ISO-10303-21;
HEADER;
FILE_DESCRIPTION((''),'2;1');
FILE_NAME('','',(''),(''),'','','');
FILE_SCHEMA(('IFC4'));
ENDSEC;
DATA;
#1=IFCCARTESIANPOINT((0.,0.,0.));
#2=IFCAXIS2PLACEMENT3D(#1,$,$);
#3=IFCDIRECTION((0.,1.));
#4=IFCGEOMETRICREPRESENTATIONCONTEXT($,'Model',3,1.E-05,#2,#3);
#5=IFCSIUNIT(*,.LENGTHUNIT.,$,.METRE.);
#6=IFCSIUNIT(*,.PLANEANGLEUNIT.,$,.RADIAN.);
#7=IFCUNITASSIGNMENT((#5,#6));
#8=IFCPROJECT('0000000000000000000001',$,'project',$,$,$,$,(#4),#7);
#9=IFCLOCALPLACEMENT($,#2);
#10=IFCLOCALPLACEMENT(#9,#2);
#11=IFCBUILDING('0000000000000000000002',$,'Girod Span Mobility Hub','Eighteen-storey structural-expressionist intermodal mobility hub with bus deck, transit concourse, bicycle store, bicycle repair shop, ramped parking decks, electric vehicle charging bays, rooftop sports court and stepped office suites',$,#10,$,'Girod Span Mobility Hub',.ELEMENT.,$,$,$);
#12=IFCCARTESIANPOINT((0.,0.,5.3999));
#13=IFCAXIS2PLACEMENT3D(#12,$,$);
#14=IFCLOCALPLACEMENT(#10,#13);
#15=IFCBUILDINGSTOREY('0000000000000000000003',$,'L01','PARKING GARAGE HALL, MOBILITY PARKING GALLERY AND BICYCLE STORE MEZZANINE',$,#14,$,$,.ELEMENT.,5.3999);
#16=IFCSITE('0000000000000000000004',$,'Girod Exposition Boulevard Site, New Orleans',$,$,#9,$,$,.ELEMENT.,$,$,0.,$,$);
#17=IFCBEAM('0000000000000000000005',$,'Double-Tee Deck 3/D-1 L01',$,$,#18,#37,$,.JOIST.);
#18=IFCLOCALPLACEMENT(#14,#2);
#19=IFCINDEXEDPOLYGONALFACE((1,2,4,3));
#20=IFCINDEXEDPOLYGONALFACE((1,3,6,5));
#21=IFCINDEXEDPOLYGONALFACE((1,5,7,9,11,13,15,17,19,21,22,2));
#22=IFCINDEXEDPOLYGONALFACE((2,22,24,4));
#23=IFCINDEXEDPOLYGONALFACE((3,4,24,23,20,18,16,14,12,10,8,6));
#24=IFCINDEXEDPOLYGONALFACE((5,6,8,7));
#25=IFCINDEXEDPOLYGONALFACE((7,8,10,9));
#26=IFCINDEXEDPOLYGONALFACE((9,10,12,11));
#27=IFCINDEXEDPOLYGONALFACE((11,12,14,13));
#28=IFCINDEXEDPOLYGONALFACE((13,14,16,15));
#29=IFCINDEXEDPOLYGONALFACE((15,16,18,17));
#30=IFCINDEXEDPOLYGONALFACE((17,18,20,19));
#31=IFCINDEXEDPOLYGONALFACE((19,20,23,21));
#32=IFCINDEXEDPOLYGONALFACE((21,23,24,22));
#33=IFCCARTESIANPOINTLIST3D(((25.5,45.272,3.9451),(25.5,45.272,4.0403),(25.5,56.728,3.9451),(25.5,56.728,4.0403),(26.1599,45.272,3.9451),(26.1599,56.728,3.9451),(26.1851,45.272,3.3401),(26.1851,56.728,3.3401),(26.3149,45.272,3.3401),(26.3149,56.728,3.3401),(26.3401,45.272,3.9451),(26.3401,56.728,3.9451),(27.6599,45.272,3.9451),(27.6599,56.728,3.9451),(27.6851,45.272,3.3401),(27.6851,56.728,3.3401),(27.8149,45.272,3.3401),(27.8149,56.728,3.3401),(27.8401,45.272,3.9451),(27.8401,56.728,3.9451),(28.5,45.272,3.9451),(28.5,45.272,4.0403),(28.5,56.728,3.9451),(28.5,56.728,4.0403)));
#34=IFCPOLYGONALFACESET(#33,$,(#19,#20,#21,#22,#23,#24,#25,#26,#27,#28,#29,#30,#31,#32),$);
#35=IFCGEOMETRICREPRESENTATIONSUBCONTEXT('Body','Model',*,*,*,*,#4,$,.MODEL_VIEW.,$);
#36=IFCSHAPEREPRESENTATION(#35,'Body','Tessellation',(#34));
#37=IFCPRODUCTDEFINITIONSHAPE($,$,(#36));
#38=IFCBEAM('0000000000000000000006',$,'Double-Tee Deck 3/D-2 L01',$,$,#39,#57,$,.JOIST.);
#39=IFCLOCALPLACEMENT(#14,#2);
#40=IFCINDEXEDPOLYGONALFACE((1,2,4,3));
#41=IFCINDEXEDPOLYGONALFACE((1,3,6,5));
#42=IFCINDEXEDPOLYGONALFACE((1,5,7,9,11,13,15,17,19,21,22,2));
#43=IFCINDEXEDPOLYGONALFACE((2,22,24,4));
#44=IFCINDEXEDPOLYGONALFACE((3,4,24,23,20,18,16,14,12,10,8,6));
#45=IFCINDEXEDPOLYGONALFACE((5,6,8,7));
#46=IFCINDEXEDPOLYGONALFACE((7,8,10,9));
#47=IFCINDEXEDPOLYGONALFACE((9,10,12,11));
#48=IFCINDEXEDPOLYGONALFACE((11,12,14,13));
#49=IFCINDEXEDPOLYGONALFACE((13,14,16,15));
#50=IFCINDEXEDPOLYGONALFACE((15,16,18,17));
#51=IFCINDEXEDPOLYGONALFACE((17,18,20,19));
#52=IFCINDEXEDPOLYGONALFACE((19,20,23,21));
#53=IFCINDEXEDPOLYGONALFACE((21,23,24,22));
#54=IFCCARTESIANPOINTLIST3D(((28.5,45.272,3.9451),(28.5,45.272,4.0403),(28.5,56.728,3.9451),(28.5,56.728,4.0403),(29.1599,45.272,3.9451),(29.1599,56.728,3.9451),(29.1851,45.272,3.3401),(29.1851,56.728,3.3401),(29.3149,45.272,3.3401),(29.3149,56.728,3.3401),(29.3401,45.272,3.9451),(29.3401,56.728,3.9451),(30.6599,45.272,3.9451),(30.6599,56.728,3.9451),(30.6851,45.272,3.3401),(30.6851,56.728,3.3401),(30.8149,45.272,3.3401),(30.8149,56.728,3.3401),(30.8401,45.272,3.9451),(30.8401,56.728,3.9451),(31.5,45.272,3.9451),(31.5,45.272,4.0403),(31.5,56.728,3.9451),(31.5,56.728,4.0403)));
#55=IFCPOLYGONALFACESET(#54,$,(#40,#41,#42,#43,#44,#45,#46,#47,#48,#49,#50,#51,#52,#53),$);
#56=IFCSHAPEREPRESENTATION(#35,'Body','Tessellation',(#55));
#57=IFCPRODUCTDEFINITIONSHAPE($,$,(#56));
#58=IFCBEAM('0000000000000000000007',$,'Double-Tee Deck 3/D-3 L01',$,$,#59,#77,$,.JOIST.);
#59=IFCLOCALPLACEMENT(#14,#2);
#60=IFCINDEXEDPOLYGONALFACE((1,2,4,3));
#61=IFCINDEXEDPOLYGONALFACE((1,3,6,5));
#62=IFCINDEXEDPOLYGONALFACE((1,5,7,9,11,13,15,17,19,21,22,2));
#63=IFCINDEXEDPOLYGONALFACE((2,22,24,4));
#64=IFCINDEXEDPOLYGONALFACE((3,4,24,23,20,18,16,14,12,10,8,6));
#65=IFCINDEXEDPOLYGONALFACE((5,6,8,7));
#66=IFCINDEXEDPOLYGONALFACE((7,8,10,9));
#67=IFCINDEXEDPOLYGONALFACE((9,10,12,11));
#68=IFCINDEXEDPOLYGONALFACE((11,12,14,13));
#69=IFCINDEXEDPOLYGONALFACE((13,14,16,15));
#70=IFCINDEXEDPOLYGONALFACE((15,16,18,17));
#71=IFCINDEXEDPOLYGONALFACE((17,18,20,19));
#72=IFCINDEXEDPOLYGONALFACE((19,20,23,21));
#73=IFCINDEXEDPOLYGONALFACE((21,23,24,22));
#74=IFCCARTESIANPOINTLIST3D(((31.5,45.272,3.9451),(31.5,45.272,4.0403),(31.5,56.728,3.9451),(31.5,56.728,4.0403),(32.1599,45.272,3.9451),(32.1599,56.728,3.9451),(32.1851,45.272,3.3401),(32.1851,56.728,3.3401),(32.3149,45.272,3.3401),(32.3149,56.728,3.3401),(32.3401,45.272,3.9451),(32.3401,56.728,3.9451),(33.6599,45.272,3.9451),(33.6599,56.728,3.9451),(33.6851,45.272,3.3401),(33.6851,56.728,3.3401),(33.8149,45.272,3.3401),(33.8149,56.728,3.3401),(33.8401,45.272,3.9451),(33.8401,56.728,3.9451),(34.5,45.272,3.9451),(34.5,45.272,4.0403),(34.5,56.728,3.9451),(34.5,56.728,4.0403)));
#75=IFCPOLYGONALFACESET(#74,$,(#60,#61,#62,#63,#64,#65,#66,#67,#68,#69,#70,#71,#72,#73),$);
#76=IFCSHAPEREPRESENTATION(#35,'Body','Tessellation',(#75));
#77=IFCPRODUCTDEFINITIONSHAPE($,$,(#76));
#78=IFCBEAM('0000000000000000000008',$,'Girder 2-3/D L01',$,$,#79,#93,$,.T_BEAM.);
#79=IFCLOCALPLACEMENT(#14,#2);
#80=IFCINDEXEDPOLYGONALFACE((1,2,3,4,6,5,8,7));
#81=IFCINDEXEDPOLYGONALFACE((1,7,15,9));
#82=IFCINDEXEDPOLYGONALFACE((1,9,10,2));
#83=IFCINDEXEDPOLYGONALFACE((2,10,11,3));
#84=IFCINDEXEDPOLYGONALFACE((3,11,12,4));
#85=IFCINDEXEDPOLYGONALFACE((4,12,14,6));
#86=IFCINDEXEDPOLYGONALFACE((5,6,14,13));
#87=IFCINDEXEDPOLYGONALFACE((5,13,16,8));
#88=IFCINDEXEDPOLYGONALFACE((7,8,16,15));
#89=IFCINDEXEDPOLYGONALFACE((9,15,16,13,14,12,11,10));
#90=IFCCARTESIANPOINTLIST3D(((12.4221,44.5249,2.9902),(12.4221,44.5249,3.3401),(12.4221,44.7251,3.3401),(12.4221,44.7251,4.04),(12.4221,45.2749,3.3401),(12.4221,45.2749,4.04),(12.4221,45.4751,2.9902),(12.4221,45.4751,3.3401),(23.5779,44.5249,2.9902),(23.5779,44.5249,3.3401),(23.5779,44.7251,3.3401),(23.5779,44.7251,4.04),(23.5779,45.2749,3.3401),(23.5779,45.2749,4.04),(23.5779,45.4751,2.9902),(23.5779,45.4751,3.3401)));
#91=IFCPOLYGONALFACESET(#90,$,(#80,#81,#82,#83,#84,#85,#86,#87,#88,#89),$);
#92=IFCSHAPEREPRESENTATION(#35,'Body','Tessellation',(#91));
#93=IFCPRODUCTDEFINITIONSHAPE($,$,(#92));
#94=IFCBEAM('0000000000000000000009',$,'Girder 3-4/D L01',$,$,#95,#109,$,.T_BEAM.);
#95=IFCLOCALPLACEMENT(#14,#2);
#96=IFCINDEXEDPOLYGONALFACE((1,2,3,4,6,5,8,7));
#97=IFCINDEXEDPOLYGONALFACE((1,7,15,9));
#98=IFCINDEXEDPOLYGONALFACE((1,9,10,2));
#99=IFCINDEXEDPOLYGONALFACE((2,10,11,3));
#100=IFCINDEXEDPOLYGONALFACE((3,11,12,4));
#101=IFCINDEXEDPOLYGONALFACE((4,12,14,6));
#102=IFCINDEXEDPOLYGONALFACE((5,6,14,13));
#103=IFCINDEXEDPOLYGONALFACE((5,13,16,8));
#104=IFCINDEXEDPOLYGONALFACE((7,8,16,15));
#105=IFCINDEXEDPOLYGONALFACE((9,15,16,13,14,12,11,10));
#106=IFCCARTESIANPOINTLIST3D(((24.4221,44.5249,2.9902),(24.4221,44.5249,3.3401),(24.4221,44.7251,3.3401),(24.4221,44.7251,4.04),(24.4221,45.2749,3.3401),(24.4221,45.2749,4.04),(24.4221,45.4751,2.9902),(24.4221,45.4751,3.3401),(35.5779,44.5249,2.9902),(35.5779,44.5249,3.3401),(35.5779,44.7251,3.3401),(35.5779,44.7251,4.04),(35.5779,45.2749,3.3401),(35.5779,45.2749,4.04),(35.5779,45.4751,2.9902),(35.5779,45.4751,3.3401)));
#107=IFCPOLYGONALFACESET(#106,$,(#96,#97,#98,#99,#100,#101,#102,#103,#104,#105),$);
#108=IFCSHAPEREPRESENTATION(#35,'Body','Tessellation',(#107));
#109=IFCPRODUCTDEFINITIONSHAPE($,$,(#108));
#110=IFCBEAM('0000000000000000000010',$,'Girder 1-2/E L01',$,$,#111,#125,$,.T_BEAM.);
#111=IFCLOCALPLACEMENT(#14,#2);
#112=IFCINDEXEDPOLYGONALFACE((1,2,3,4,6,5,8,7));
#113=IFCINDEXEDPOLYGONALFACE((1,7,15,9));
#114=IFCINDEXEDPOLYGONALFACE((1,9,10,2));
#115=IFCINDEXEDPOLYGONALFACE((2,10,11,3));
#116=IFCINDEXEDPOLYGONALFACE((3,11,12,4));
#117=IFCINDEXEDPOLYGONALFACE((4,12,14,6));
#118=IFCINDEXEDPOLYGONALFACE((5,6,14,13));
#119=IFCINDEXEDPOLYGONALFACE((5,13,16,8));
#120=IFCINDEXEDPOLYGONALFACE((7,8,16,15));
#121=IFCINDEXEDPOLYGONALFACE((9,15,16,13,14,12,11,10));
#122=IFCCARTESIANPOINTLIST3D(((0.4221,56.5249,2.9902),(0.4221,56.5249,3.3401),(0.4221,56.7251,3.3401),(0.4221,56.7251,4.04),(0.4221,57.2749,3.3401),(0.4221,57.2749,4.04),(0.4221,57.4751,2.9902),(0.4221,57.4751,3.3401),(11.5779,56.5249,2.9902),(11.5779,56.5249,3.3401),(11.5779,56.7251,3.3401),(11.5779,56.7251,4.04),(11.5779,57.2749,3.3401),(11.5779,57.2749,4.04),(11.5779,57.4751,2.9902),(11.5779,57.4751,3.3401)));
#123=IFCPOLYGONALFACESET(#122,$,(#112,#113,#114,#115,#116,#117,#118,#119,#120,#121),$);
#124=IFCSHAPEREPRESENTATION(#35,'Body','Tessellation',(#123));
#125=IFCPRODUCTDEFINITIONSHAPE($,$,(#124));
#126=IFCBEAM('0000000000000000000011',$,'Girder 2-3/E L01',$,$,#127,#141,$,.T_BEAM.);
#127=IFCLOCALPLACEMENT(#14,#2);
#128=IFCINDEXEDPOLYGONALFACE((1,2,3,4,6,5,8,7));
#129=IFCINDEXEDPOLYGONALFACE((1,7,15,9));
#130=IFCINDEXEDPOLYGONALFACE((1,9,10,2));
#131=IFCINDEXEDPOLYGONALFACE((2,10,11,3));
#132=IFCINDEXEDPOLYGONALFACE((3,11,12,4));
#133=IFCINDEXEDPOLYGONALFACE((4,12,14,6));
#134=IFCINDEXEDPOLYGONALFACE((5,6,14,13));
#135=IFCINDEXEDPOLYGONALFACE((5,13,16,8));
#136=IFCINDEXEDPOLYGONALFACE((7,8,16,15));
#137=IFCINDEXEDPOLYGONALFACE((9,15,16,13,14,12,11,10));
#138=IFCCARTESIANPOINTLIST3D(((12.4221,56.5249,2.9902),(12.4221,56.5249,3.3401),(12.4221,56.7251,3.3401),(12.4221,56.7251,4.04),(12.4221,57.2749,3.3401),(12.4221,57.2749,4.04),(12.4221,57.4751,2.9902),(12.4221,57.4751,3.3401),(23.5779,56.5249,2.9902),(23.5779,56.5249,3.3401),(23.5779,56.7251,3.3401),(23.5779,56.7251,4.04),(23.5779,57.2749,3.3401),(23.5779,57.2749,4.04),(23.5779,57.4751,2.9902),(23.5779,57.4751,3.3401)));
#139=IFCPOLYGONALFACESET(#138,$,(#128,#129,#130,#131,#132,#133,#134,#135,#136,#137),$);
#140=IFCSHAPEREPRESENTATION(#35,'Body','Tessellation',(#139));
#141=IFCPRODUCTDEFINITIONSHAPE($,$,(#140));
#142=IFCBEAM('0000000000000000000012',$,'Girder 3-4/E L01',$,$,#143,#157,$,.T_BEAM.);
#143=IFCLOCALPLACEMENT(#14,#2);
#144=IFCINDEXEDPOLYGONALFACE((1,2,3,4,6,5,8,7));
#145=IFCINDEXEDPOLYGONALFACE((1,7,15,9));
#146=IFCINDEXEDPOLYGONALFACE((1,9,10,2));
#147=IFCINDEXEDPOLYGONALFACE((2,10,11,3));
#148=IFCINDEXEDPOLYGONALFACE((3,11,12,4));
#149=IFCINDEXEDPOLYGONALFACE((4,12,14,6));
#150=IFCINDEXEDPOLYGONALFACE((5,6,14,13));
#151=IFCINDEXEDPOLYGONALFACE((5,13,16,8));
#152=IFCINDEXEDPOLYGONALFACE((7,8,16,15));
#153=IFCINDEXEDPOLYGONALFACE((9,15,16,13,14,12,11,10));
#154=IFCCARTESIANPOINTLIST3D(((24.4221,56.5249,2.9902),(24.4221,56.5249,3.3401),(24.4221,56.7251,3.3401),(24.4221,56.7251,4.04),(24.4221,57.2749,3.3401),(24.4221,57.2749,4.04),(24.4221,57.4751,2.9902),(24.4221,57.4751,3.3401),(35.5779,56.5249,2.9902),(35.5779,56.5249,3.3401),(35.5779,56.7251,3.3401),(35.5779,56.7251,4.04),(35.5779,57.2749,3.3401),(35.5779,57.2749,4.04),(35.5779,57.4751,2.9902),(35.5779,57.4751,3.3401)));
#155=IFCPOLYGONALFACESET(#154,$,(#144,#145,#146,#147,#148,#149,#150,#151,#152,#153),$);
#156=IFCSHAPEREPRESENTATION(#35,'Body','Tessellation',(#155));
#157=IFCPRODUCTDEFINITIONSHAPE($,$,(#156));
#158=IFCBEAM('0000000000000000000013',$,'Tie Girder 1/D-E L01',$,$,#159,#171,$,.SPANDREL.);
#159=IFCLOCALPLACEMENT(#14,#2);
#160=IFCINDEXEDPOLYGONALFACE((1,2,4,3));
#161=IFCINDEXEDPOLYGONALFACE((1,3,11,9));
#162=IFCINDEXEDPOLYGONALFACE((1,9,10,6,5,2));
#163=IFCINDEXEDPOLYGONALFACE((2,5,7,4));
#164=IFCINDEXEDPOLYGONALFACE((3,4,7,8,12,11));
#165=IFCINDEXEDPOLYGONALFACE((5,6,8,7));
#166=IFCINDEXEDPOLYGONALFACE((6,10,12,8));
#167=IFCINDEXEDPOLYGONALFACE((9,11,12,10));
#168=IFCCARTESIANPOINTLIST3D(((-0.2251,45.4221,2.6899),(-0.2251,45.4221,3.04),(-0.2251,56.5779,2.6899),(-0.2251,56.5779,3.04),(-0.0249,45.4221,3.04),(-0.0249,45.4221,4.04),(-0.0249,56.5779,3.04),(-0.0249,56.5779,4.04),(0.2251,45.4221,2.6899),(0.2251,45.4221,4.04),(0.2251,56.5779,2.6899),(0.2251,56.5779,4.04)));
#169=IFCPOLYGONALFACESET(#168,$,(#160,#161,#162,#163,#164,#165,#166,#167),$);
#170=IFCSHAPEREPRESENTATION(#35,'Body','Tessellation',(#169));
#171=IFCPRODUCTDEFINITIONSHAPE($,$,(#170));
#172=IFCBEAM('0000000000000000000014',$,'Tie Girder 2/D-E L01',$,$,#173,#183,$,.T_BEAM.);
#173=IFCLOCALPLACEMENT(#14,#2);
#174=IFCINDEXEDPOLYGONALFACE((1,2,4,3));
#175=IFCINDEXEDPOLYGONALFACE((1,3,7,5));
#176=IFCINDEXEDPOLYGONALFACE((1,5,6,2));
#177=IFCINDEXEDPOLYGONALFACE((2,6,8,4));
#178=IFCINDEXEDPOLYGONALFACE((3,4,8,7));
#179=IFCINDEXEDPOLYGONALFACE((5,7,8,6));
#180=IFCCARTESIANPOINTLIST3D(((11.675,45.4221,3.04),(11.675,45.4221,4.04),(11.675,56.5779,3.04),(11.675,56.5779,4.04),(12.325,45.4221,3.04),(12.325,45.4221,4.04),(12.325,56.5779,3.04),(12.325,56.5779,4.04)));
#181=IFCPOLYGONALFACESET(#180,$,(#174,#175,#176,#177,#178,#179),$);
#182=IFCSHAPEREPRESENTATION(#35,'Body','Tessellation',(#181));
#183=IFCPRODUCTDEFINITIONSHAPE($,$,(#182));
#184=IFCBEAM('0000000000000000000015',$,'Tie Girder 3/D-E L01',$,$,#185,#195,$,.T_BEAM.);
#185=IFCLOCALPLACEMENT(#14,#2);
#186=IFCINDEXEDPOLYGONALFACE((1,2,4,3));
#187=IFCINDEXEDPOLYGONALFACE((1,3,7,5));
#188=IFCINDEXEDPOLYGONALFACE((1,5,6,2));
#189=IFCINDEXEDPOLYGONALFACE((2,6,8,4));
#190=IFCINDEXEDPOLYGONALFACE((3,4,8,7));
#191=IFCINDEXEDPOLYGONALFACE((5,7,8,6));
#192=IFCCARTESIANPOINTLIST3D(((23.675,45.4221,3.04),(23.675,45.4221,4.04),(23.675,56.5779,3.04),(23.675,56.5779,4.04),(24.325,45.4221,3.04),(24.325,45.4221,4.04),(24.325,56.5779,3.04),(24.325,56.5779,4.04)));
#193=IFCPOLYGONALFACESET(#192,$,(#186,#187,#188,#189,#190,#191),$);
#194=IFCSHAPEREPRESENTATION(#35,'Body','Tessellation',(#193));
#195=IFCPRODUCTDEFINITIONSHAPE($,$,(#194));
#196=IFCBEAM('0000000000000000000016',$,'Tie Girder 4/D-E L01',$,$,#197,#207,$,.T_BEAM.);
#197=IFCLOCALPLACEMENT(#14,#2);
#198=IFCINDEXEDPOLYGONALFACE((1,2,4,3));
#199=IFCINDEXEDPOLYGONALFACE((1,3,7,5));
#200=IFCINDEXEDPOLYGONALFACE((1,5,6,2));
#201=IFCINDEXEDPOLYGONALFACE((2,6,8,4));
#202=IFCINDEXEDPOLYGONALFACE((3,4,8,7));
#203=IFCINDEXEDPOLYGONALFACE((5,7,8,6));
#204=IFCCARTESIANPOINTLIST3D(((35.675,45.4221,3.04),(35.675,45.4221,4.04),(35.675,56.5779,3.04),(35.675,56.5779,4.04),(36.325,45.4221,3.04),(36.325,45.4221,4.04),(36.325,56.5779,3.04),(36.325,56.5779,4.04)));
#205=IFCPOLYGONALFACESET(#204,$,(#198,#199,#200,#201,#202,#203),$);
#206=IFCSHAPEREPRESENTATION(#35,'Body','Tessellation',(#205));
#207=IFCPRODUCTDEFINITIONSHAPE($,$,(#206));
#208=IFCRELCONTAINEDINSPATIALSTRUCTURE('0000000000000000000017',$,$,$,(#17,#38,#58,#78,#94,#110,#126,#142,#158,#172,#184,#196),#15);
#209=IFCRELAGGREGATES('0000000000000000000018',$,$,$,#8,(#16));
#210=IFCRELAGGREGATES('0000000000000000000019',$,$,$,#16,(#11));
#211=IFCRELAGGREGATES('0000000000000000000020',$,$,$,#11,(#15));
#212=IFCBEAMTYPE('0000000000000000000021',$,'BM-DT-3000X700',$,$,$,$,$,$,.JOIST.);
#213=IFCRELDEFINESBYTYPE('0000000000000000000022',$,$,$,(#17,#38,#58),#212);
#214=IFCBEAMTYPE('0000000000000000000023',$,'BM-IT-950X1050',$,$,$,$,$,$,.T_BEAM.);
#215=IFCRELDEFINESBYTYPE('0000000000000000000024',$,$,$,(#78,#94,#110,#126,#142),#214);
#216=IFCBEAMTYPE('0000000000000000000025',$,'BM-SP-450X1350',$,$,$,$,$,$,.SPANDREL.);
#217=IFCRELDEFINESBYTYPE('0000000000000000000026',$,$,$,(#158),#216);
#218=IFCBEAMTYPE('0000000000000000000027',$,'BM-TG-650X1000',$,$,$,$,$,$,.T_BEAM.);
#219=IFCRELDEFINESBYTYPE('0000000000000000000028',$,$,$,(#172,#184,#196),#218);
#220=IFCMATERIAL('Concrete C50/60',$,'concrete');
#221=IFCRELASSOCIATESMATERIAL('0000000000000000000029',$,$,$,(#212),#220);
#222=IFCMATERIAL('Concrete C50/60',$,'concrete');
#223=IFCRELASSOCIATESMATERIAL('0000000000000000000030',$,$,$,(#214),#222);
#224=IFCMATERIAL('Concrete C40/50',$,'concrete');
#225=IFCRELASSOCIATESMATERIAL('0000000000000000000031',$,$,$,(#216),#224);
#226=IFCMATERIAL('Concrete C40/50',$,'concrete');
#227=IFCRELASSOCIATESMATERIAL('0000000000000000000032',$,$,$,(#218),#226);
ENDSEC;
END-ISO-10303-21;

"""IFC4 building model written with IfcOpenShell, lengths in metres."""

from ifc_helpers import new_model, si_unit, direction, frame, origin, origin_2d, place, context, subcontext, project, spatial, polyline, rectangle, outline, extrude, material, material_profile, profile_set, type_object, element, save


model = new_model("IFC4")

# Units and contexts
model_context = context("Model", 3, precision=1e-05, world=origin(), true_north=direction((0.0, 1.0)))
body_context = subcontext(model_context, "Body", "Model", "MODEL_VIEW")
ifc_project = project(units=[si_unit("LENGTHUNIT", "METRE"), si_unit("PLANEANGLEUNIT", "RADIAN")], contexts=[model_context])

# Site, building, storey
site_placement = place(None, origin())
site = spatial("IfcSite", under=ifc_project, at=site_placement, Name="Girod Exposition Boulevard Site, New Orleans", CompositionType="ELEMENT", RefElevation=0.0)
building_placement = place(site_placement, origin())
building = spatial("IfcBuilding", under=site, at=building_placement, Name="Girod Span Mobility Hub", Description="Eighteen-storey structural-expressionist intermodal mobility hub with bus deck, transit concourse, bicycle store, bicycle repair shop, ramped parking decks, electric vehicle charging bays, rooftop sports court and stepped office suites", LongName="Girod Span Mobility Hub", CompositionType="ELEMENT")
storey_placement = place(building_placement, frame((0.0, 0.0, 5.3999)))
storey = spatial("IfcBuildingStorey", under=building, at=storey_placement, Name="L01", Description="PARKING GARAGE HALL, MOBILITY PARKING GALLERY AND BICYCLE STORE MEZZANINE", CompositionType="ELEMENT", Elevation=5.3999)

# Beams
ifc_material_1 = material(Name="Concrete C50/60", Category="concrete")
ifc_material_profile_1 = material_profile(ifc_material_1, outline(polyline([(-1.5, 0.3501), (-1.5, 0.2549), (-0.8401, 0.2549), (-0.8149, -0.3501), (-0.6851, -0.3501), (-0.6599, 0.2549), (0.6599, 0.2549), (0.6851, -0.3501), (0.8149, -0.3501), (0.8401, 0.2549), (1.5, 0.2549), (1.5, 0.3501), (-1.5, 0.3501)])), Name="DT-3000X700")
ifc_profile_set_1 = profile_set([ifc_material_profile_1], Name="Concrete C50/60")
beam_type_1 = type_object("IfcBeamType", Name="BM-DT-3000X700", PredefinedType="JOIST", material=ifc_profile_set_1)
for number, where, z_axis, x_axis, name in (
    (1, (27.0, 45.272, 3.6902), (0.0, 1.0, 0.0), (-1.0, 0.0, 0.0), "Double-Tee Deck 3/D-1 L01"),
    (2, (30.0, 45.272, 3.6902), (0.0, 1.0, 0.0), (-1.0, 0.0, 0.0), "Double-Tee Deck 3/D-2 L01"),
    (3, (33.0, 45.272, 3.6902), (0.0, 1.0, 0.0), (-1.0, 0.0, 0.0), "Double-Tee Deck 3/D-3 L01"),
):
    element("IfcBeam", number, at=place(storey_placement, frame(where, z_axis=z_axis, x_axis=x_axis)), inside=storey, type_object=beam_type_1, Name=name, PredefinedType="JOIST", context=body_context, shape_type="SweptSolid", body=[
        extrude(outline(polyline([(-1.5, 0.3501), (-1.5, 0.2549), (-0.8401, 0.2549), (-0.8149, -0.3501), (-0.6851, -0.3501), (-0.6599, 0.2549), (0.6599, 0.2549), (0.6851, -0.3501), (0.8149, -0.3501), (0.8401, 0.2549), (1.5, 0.2549), (1.5, 0.3501), (-1.5, 0.3501)])), origin(), (0.0, 0.0, 1.0), 11.4561),
    ])
ifc_material_2 = material(Name="Concrete C50/60", Category="concrete")
ifc_material_profile_2 = material_profile(ifc_material_2, outline(polyline([(-0.4751, -0.5249), (0.4751, -0.5249), (0.4751, -0.175), (0.2749, -0.175), (0.2749, 0.5249), (-0.2749, 0.5249), (-0.2749, -0.175), (-0.4751, -0.175), (-0.4751, -0.5249)])), Name="IT-950X1050")
ifc_profile_set_2 = profile_set([ifc_material_profile_2], Name="Concrete C50/60")
beam_type_2 = type_object("IfcBeamType", Name="BM-IT-950X1050", PredefinedType="T_BEAM", material=ifc_profile_set_2)
for number, where, z_axis, x_axis, name in (
    (4, (12.4221, 45.0, 3.5151), (1.0, 0.0, 0.0), (0.0, 1.0, 0.0), "Girder 2-3/D L01"),
    (5, (24.4221, 45.0, 3.5151), (1.0, 0.0, 0.0), (0.0, 1.0, 0.0), "Girder 3-4/D L01"),
    (6, (0.4221, 57.0, 3.5151), (1.0, 0.0, 0.0), (0.0, 1.0, 0.0), "Girder 1-2/E L01"),
    (7, (12.4221, 57.0, 3.5151), (1.0, 0.0, 0.0), (0.0, 1.0, 0.0), "Girder 2-3/E L01"),
    (8, (24.4221, 57.0, 3.5151), (1.0, 0.0, 0.0), (0.0, 1.0, 0.0), "Girder 3-4/E L01"),
):
    element("IfcBeam", number, at=place(storey_placement, frame(where, z_axis=z_axis, x_axis=x_axis)), inside=storey, type_object=beam_type_2, Name=name, PredefinedType="T_BEAM", context=body_context, shape_type="SweptSolid", body=[
        extrude(outline(polyline([(-0.4751, -0.5249), (0.4751, -0.5249), (0.4751, -0.175), (0.2749, -0.175), (0.2749, 0.5249), (-0.2749, 0.5249), (-0.2749, -0.175), (-0.4751, -0.175), (-0.4751, -0.5249)])), origin(), (0.0, 0.0, 1.0), 11.1558),
    ])
ifc_material_3 = material(Name="Concrete C40/50", Category="concrete")
ifc_material_profile_3 = material_profile(ifc_material_3, outline(polyline([(-0.2251, -0.675), (0.2251, -0.675), (0.2251, -0.325), (0.0249, -0.325), (0.0249, 0.675), (-0.2251, 0.675), (-0.2251, -0.675)])), Name="SP-450X1350")
ifc_profile_set_3 = profile_set([ifc_material_profile_3], Name="Concrete C40/50")
beam_type_3 = type_object("IfcBeamType", Name="BM-SP-450X1350", PredefinedType="SPANDREL", material=ifc_profile_set_3)
beam_placement = place(storey_placement, frame((0.0, 45.4221, 3.365), z_axis=(0.0, 1.0, 0.0), x_axis=(-1.0, 0.0, 0.0)))
element("IfcBeam", 9, at=beam_placement, inside=storey, type_object=beam_type_3, Name="Tie Girder 1/D-E L01", PredefinedType="SPANDREL", context=body_context, shape_type="SweptSolid", body=[
    extrude(outline(polyline([(-0.2251, -0.675), (0.2251, -0.675), (0.2251, -0.325), (0.0249, -0.325), (0.0249, 0.675), (-0.2251, 0.675), (-0.2251, -0.675)])), origin(), (0.0, 0.0, 1.0), 11.1558),
])
ifc_material_4 = material(Name="Concrete C40/50", Category="concrete")
ifc_material_profile_4 = material_profile(ifc_material_4, rectangle(XDim=0.6499, YDim=1.0, at=origin_2d()), Name="TG-650X1000")
ifc_profile_set_4 = profile_set([ifc_material_profile_4], Name="Concrete C40/50")
beam_type_4 = type_object("IfcBeamType", Name="BM-TG-650X1000", PredefinedType="T_BEAM", material=ifc_profile_set_4)
for number, where, z_axis, x_axis, name in (
    (10, (12.0, 45.4221, 3.54), (0.0, 1.0, 0.0), (-1.0, 0.0, 0.0), "Tie Girder 2/D-E L01"),
    (11, (24.0, 45.4221, 3.54), (0.0, 1.0, 0.0), (-1.0, 0.0, 0.0), "Tie Girder 3/D-E L01"),
    (12, (36.0, 45.4221, 3.54), (0.0, 1.0, 0.0), (-1.0, 0.0, 0.0), "Tie Girder 4/D-E L01"),
):
    element("IfcBeam", number, at=place(storey_placement, frame(where, z_axis=z_axis, x_axis=x_axis)), inside=storey, type_object=beam_type_4, Name=name, PredefinedType="T_BEAM", context=body_context, shape_type="SweptSolid", body=[
        extrude(rectangle(XDim=0.6499, YDim=1.0, at=origin_2d()), origin(), (0.0, 0.0, 1.0), 11.1558),
    ])

save(model, "model.ifc")
